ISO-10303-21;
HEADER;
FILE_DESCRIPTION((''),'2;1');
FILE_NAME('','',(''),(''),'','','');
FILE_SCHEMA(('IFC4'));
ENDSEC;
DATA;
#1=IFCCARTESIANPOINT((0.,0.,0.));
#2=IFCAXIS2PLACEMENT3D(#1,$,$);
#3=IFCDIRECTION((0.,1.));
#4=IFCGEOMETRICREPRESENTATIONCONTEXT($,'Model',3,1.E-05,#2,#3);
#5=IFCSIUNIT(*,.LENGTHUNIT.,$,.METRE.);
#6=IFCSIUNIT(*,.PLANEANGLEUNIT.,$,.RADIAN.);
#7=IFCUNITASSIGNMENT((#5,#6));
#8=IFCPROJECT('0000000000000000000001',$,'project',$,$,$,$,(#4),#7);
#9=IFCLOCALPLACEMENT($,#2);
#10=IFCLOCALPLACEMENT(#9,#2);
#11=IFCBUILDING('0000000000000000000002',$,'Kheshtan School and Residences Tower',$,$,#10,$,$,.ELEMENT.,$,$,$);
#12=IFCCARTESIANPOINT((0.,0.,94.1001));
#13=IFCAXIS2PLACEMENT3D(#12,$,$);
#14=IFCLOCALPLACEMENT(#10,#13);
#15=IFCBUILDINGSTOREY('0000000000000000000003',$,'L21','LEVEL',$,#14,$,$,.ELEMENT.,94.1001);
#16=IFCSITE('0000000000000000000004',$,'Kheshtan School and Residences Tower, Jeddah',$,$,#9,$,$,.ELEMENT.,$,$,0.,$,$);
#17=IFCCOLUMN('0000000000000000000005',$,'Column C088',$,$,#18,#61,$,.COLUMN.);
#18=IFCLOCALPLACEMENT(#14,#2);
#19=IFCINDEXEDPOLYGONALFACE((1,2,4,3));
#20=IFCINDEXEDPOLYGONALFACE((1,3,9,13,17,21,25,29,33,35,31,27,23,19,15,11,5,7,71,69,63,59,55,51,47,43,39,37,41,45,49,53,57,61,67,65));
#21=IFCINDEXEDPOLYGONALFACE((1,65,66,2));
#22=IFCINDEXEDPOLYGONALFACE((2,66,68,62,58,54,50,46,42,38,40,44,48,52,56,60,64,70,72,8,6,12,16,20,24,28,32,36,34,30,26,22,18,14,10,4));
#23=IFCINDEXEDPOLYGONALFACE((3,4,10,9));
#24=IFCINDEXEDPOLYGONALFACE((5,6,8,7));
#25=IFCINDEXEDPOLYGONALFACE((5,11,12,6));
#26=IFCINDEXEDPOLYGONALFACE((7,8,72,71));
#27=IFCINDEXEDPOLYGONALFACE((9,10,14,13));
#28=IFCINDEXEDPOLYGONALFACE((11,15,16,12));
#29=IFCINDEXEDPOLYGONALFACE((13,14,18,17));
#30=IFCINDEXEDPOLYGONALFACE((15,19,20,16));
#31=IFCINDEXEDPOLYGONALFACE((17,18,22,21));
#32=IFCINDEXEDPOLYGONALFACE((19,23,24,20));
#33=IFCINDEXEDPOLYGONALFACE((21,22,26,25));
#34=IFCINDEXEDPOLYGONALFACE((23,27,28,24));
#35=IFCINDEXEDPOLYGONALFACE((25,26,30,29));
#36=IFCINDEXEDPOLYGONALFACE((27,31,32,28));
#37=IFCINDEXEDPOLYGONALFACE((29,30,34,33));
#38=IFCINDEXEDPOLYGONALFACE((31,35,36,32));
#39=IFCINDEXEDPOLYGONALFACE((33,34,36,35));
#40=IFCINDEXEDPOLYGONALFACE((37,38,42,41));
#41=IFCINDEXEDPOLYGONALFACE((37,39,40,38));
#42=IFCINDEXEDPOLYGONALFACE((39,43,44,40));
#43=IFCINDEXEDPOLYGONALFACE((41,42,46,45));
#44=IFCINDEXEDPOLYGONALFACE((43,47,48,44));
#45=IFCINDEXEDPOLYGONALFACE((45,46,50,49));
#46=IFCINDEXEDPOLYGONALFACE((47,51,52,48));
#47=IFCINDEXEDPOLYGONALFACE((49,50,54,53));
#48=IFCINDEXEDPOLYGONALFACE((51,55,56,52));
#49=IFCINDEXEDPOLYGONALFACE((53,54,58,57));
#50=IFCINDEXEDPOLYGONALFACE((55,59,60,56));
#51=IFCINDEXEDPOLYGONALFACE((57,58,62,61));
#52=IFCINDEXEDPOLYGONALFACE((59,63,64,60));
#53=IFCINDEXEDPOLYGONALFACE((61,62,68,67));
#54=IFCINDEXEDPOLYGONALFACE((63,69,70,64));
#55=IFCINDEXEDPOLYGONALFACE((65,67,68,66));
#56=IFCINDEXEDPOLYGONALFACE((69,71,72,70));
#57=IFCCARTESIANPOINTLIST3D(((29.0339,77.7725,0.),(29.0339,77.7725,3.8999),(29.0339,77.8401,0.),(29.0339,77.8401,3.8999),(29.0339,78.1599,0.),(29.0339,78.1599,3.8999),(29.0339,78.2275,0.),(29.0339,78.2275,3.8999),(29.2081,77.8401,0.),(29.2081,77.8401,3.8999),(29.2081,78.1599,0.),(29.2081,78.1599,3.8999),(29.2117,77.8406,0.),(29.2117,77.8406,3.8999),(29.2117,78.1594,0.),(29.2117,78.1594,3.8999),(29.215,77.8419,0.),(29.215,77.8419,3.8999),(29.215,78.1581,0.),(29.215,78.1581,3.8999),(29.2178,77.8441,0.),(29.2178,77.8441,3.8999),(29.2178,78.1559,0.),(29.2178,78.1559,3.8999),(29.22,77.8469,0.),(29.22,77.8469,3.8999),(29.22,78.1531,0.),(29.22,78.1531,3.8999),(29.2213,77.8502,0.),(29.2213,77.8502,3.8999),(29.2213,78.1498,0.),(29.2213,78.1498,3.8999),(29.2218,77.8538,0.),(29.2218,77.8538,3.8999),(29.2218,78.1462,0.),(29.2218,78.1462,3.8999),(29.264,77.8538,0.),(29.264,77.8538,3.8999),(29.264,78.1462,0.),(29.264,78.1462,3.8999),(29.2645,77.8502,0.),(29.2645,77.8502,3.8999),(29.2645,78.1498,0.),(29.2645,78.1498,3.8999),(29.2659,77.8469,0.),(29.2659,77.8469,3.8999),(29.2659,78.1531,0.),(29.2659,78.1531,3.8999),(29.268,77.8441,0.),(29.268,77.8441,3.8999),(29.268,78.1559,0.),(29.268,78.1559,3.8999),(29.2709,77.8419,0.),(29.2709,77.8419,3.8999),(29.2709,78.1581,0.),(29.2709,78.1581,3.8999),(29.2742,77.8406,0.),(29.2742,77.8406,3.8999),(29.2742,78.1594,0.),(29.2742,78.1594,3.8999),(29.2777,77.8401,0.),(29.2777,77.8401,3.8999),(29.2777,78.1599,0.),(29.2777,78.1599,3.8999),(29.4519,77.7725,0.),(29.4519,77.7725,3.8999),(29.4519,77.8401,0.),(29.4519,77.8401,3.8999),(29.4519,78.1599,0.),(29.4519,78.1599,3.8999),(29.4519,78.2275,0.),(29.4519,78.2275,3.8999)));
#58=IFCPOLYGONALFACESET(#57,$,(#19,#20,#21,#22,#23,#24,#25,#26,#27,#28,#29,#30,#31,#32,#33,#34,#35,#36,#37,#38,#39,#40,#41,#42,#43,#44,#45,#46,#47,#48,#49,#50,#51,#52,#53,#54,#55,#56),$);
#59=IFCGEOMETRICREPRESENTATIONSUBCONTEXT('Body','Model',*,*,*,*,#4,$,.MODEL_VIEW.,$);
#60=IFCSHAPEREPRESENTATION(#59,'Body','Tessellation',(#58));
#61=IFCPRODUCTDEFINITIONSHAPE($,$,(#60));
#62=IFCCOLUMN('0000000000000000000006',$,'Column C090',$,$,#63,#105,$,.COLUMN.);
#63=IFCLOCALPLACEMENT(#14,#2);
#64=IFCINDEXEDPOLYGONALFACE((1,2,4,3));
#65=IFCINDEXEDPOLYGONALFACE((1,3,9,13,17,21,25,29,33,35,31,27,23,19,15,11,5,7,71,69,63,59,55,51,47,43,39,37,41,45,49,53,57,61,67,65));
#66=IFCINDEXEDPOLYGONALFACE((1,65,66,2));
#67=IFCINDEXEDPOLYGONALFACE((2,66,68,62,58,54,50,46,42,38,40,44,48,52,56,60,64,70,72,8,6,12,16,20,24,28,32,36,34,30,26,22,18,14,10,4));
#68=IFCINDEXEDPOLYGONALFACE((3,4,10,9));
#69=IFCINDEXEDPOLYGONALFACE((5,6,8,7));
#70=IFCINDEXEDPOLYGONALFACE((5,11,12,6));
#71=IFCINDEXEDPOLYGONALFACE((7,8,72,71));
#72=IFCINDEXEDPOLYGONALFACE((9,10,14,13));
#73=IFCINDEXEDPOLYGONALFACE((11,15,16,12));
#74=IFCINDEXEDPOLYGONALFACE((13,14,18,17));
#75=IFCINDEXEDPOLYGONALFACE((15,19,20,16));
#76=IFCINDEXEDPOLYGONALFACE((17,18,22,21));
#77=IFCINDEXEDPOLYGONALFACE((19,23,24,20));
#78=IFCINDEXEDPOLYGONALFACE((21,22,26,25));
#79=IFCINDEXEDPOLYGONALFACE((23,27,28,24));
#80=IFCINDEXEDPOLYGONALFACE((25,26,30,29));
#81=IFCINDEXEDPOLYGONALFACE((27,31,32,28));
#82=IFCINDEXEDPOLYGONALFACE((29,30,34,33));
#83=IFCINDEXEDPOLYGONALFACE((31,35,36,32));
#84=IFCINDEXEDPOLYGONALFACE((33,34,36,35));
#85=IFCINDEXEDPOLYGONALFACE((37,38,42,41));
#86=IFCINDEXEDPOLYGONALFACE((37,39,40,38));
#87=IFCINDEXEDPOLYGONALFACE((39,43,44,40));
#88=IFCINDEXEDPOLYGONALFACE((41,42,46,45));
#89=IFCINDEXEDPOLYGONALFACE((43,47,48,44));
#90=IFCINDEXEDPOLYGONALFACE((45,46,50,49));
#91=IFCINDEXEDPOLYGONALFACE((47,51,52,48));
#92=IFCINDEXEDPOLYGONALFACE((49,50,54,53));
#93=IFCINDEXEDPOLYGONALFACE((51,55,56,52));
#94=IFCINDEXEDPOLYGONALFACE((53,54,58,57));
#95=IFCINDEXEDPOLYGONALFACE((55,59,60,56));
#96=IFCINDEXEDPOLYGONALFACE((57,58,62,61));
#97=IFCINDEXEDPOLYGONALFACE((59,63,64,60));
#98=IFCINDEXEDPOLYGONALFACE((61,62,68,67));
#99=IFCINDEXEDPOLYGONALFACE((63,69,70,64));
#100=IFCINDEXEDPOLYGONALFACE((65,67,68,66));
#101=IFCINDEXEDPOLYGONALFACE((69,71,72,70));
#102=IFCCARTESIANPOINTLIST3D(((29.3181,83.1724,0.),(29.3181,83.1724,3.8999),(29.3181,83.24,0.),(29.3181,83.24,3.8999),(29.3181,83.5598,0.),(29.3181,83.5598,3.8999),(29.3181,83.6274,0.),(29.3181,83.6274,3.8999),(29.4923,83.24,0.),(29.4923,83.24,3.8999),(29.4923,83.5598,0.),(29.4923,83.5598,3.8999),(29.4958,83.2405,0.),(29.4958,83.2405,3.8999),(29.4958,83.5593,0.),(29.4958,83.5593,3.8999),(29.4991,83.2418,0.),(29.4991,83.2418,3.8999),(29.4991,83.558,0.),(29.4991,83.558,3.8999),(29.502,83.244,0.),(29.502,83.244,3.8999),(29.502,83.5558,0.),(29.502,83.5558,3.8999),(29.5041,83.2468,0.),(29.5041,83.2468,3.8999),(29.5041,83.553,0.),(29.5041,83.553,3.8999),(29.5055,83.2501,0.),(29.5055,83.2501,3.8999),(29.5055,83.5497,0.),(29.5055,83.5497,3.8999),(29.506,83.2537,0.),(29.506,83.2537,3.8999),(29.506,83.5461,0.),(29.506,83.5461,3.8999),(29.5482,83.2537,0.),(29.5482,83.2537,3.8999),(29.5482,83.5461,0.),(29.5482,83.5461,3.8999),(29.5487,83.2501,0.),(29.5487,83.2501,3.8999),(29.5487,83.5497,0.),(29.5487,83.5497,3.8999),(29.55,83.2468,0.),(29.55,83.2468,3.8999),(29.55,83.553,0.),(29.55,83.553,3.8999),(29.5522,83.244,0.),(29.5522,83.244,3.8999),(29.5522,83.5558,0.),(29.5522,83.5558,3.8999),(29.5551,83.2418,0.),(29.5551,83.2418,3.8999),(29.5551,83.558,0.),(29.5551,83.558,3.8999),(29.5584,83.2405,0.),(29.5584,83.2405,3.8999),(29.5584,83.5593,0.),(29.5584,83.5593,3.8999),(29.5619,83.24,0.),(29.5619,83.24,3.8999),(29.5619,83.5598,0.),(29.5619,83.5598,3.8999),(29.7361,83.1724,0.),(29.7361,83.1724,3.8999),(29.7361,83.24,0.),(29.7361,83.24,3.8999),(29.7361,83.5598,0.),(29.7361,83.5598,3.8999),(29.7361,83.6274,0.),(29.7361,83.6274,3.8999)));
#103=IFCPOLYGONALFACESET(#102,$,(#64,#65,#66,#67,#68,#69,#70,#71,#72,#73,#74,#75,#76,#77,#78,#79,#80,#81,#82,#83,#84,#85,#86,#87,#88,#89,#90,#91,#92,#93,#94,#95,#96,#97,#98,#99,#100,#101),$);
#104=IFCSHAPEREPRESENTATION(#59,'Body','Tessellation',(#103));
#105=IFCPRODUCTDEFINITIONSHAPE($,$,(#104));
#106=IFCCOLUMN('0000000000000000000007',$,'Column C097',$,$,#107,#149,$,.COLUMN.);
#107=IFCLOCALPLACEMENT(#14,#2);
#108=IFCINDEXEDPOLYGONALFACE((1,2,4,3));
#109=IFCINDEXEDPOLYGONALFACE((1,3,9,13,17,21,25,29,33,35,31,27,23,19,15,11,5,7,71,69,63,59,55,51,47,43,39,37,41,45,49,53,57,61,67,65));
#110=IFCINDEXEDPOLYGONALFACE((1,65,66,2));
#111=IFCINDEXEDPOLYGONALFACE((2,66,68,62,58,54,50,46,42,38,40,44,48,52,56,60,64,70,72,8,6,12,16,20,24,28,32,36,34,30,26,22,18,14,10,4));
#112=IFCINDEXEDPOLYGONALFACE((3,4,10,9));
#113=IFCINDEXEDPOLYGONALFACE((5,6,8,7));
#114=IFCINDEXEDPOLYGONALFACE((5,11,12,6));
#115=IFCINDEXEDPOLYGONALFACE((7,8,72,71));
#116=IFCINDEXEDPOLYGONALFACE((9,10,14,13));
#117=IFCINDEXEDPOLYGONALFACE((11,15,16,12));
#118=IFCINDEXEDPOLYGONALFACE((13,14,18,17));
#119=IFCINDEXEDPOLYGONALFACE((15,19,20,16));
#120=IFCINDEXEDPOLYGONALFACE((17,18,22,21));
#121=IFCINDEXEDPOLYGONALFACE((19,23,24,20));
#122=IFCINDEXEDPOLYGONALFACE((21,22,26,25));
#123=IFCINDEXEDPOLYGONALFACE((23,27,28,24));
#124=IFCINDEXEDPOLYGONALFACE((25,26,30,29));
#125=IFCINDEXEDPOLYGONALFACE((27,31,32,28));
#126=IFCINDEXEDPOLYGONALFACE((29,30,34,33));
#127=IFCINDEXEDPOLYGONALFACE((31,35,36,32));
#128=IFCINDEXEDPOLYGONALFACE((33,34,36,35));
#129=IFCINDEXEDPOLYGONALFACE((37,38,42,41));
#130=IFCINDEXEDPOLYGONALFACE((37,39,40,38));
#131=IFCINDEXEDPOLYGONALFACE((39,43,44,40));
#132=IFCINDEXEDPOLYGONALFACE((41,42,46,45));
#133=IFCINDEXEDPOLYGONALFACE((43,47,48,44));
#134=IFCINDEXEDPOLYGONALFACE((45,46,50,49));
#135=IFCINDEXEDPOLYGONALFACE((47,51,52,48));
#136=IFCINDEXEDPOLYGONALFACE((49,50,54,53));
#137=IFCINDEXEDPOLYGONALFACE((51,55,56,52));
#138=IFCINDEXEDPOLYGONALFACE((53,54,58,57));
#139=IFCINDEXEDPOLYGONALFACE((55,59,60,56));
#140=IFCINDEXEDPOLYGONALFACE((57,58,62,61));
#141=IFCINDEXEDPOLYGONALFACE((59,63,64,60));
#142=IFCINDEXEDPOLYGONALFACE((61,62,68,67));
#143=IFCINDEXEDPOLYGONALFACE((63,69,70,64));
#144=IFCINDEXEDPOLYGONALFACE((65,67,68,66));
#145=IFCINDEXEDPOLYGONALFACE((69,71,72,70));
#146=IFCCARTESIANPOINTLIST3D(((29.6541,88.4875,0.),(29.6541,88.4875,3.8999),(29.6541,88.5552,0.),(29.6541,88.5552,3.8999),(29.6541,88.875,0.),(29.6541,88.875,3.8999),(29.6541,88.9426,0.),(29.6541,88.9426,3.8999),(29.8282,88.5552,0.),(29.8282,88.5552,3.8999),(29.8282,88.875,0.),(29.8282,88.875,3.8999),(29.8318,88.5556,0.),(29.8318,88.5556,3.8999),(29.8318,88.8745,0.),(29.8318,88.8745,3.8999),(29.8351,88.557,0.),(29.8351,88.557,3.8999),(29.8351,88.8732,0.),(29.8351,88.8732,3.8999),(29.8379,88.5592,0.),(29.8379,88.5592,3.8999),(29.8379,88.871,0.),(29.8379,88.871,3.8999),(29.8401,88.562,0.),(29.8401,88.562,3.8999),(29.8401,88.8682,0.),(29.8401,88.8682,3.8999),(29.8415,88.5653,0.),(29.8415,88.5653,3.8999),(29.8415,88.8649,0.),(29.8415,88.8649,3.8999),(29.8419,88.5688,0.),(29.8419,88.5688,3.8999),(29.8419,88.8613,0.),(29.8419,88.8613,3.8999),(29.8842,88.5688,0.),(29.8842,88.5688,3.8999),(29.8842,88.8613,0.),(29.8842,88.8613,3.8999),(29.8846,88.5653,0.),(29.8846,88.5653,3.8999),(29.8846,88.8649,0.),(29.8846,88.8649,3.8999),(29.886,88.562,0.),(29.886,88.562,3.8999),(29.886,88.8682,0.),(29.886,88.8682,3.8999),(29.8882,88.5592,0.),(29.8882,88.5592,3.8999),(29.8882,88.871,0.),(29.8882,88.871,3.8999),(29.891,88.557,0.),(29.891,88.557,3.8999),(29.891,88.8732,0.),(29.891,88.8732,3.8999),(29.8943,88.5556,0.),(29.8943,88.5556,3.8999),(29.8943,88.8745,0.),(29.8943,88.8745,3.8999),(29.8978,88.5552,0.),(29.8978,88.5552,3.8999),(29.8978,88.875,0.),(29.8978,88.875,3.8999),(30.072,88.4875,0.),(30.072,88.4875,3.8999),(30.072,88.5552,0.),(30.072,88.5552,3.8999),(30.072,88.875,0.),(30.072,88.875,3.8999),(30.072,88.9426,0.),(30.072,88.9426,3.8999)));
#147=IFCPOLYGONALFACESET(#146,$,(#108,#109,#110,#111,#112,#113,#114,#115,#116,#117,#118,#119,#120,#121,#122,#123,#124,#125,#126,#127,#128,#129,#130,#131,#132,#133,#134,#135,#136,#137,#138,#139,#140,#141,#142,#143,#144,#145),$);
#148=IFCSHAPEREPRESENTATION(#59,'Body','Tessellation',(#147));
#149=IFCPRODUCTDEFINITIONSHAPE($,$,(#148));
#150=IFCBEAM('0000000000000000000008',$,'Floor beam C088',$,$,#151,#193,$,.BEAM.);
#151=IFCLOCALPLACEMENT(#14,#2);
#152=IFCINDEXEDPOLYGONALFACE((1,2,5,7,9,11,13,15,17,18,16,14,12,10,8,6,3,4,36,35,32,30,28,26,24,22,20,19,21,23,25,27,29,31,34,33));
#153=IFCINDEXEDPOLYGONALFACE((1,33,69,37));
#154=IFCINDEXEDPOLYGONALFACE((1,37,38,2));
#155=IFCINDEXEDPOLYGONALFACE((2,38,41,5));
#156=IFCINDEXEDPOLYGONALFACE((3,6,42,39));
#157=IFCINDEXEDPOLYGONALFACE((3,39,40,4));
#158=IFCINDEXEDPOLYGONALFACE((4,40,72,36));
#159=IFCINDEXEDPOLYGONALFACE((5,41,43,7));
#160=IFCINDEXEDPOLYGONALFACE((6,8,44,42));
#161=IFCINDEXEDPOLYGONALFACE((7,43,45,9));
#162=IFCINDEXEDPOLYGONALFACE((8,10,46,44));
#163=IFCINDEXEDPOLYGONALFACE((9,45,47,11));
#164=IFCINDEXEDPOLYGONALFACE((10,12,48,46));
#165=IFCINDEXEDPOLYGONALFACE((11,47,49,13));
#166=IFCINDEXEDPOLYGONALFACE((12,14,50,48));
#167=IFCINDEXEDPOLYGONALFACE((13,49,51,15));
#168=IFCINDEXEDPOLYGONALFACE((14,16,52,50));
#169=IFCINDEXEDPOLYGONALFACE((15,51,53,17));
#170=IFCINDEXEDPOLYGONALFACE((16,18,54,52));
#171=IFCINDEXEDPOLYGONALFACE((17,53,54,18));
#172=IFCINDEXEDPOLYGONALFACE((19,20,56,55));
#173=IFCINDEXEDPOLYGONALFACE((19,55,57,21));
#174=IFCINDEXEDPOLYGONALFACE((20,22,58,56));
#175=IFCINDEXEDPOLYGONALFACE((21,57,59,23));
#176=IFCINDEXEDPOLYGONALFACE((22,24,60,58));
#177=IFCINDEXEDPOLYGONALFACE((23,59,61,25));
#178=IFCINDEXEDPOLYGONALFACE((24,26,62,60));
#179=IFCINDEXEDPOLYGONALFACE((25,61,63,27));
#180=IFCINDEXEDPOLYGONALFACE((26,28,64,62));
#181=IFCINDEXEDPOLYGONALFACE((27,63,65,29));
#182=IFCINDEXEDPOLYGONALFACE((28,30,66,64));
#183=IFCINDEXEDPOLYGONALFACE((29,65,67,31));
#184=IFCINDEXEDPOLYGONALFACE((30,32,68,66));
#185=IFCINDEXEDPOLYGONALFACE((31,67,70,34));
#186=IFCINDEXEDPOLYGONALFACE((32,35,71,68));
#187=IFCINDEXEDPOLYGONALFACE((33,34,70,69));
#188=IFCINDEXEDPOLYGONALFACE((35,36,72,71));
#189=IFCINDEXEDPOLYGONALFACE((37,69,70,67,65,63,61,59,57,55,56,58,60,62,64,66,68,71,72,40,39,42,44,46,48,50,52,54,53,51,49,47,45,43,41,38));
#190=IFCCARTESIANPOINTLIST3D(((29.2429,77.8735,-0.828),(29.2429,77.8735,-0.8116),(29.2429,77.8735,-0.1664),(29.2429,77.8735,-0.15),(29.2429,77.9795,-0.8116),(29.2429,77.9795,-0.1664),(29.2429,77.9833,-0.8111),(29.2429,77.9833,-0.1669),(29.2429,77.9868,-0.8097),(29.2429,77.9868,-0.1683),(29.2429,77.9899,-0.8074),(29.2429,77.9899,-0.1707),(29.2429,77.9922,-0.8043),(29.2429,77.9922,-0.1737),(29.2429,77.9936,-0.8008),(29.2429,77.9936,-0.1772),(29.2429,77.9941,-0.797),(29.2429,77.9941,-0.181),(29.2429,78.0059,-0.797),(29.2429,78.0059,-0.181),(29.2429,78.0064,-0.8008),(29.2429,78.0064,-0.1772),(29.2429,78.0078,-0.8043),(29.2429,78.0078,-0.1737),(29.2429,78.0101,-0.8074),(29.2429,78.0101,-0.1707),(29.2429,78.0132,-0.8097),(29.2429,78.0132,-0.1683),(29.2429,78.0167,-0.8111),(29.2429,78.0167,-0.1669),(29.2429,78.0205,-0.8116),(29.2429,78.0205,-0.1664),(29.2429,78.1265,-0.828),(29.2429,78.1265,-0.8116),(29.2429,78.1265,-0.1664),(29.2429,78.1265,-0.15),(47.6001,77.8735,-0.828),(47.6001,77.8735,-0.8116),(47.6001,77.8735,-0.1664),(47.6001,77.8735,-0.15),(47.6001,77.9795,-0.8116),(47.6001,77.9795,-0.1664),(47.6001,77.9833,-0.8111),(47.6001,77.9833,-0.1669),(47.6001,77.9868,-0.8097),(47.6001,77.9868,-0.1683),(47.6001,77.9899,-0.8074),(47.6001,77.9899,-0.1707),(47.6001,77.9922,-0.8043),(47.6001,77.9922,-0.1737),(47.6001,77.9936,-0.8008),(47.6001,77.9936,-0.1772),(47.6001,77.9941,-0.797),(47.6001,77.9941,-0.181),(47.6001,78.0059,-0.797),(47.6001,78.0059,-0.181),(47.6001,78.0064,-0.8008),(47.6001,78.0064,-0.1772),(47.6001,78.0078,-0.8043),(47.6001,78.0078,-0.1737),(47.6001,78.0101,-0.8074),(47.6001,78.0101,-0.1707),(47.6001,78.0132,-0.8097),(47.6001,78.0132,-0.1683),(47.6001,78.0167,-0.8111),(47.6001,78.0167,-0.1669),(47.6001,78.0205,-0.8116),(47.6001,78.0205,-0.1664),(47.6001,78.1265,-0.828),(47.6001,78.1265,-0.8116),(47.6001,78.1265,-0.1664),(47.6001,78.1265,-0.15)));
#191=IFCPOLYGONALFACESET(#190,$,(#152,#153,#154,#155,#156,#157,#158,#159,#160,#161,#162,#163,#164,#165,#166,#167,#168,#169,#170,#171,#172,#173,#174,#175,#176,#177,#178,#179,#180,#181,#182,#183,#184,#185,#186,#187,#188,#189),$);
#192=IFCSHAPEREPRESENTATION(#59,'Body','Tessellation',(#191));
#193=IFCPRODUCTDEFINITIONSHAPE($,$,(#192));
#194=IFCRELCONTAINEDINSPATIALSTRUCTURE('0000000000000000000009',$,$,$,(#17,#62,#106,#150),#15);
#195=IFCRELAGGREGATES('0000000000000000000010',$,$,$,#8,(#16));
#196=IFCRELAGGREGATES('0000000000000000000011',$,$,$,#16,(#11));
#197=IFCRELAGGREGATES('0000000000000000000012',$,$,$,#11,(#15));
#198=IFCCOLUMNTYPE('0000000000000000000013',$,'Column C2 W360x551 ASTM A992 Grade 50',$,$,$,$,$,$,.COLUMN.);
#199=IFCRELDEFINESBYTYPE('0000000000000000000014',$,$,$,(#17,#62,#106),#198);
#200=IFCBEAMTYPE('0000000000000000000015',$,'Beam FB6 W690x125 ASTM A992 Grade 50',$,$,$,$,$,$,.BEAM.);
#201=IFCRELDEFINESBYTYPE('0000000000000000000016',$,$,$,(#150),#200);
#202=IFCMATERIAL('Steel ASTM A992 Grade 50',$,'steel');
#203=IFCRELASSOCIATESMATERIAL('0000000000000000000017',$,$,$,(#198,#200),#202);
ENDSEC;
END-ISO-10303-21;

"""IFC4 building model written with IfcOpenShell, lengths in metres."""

from ifc_helpers import new_model, si_unit, direction, frame, origin, origin_2d, place, context, subcontext, project, spatial, i_section, extrude, material, material_profile, profile_set, type_object, element, save


model = new_model("IFC4")

# Units and contexts
model_context = context("Model", 3, precision=1e-05, world=origin(), true_north=direction((0.0, 1.0)))
body_context = subcontext(model_context, "Body", "Model", "MODEL_VIEW")
ifc_project = project(units=[si_unit("LENGTHUNIT", "METRE"), si_unit("PLANEANGLEUNIT", "RADIAN")], contexts=[model_context])

# Site, building, storey
site_placement = place(None, origin())
site = spatial("IfcSite", under=ifc_project, at=site_placement, Name="Kheshtan School and Residences Tower, Jeddah", CompositionType="ELEMENT", RefElevation=0.0)
building_placement = place(site_placement, origin())
building = spatial("IfcBuilding", under=site, at=building_placement, Name="Kheshtan School and Residences Tower", CompositionType="ELEMENT")
storey_placement = place(building_placement, frame((0.0, 0.0, 94.1001)))
storey = spatial("IfcBuildingStorey", under=building, at=storey_placement, Name="L21", Description="LEVEL", CompositionType="ELEMENT", Elevation=94.1001)

# Columns
ifc_material_1 = material(Name="Steel ASTM A992 Grade 50", Category="steel")
ifc_material_profile_1 = material_profile(ifc_material_1, i_section(OverallWidth=0.418, OverallDepth=0.4551, WebThickness=0.0422, FlangeThickness=0.0676, FilletRadius=0.0137, at=origin_2d()), Name="W360x551")
ifc_profile_set_1 = profile_set([ifc_material_profile_1], Name="Steel ASTM A992 Grade 50")
column_type = type_object("IfcColumnType", Name="Column C2 W360x551 ASTM A992 Grade 50", PredefinedType="COLUMN", material=ifc_profile_set_1)
for number, where, z_axis, x_axis, name in (
    (1, (29.2429, 78.0, 0.0), (0.0, 0.0, 1.0), (1.0, 0.0, 0.0), "Column C088"),
    (2, (29.5271, 83.3999, 0.0), (0.0, 0.0, 1.0), (1.0, 0.0, 0.0), "Column C090"),
    (3, (29.863, 88.7151, 0.0), (0.0, 0.0, 1.0), (1.0, 0.0, 0.0), "Column C097"),
):
    element("IfcColumn", number, at=place(storey_placement, frame(where, z_axis=z_axis, x_axis=x_axis)), inside=storey, type_object=column_type, Name=name, PredefinedType="COLUMN", context=body_context, shape_type="SweptSolid", body=[
        extrude(i_section(OverallWidth=0.418, OverallDepth=0.4551, WebThickness=0.0422, FlangeThickness=0.0676, FilletRadius=0.0137, at=origin_2d()), origin(), (0.0, 0.0, 1.0), 3.8999),
    ])

# Beam
ifc_material_profile_2 = material_profile(ifc_material_1, i_section(OverallWidth=0.2529, OverallDepth=0.678, WebThickness=0.0117, FlangeThickness=0.0164, FilletRadius=0.0146, at=origin_2d()), Name="W690x125")
ifc_profile_set_2 = profile_set([ifc_material_profile_2], Name="Steel ASTM A992 Grade 50")
beam_type_1 = type_object("IfcBeamType", Name="Beam FB6 W690x125 ASTM A992 Grade 50", PredefinedType="BEAM", material=ifc_profile_set_2)
beam_1_placement = place(storey_placement, frame((29.2429, 78.0, -0.489), z_axis=(1.0, 0.0, 0.0), x_axis=(0.0, 1.0, 0.0)))
element("IfcBeam", 4, at=beam_1_placement, inside=storey, type_object=beam_type_1, Name="Floor beam C088", PredefinedType="BEAM", context=body_context, shape_type="SweptSolid", body=[
    extrude(i_section(OverallWidth=0.2529, OverallDepth=0.678, WebThickness=0.0117, FlangeThickness=0.0164, FilletRadius=0.0146, at=origin_2d()), origin(), (0.0, 0.0, 1.0), 18.3572),
])

save(model, "model.ifc")
